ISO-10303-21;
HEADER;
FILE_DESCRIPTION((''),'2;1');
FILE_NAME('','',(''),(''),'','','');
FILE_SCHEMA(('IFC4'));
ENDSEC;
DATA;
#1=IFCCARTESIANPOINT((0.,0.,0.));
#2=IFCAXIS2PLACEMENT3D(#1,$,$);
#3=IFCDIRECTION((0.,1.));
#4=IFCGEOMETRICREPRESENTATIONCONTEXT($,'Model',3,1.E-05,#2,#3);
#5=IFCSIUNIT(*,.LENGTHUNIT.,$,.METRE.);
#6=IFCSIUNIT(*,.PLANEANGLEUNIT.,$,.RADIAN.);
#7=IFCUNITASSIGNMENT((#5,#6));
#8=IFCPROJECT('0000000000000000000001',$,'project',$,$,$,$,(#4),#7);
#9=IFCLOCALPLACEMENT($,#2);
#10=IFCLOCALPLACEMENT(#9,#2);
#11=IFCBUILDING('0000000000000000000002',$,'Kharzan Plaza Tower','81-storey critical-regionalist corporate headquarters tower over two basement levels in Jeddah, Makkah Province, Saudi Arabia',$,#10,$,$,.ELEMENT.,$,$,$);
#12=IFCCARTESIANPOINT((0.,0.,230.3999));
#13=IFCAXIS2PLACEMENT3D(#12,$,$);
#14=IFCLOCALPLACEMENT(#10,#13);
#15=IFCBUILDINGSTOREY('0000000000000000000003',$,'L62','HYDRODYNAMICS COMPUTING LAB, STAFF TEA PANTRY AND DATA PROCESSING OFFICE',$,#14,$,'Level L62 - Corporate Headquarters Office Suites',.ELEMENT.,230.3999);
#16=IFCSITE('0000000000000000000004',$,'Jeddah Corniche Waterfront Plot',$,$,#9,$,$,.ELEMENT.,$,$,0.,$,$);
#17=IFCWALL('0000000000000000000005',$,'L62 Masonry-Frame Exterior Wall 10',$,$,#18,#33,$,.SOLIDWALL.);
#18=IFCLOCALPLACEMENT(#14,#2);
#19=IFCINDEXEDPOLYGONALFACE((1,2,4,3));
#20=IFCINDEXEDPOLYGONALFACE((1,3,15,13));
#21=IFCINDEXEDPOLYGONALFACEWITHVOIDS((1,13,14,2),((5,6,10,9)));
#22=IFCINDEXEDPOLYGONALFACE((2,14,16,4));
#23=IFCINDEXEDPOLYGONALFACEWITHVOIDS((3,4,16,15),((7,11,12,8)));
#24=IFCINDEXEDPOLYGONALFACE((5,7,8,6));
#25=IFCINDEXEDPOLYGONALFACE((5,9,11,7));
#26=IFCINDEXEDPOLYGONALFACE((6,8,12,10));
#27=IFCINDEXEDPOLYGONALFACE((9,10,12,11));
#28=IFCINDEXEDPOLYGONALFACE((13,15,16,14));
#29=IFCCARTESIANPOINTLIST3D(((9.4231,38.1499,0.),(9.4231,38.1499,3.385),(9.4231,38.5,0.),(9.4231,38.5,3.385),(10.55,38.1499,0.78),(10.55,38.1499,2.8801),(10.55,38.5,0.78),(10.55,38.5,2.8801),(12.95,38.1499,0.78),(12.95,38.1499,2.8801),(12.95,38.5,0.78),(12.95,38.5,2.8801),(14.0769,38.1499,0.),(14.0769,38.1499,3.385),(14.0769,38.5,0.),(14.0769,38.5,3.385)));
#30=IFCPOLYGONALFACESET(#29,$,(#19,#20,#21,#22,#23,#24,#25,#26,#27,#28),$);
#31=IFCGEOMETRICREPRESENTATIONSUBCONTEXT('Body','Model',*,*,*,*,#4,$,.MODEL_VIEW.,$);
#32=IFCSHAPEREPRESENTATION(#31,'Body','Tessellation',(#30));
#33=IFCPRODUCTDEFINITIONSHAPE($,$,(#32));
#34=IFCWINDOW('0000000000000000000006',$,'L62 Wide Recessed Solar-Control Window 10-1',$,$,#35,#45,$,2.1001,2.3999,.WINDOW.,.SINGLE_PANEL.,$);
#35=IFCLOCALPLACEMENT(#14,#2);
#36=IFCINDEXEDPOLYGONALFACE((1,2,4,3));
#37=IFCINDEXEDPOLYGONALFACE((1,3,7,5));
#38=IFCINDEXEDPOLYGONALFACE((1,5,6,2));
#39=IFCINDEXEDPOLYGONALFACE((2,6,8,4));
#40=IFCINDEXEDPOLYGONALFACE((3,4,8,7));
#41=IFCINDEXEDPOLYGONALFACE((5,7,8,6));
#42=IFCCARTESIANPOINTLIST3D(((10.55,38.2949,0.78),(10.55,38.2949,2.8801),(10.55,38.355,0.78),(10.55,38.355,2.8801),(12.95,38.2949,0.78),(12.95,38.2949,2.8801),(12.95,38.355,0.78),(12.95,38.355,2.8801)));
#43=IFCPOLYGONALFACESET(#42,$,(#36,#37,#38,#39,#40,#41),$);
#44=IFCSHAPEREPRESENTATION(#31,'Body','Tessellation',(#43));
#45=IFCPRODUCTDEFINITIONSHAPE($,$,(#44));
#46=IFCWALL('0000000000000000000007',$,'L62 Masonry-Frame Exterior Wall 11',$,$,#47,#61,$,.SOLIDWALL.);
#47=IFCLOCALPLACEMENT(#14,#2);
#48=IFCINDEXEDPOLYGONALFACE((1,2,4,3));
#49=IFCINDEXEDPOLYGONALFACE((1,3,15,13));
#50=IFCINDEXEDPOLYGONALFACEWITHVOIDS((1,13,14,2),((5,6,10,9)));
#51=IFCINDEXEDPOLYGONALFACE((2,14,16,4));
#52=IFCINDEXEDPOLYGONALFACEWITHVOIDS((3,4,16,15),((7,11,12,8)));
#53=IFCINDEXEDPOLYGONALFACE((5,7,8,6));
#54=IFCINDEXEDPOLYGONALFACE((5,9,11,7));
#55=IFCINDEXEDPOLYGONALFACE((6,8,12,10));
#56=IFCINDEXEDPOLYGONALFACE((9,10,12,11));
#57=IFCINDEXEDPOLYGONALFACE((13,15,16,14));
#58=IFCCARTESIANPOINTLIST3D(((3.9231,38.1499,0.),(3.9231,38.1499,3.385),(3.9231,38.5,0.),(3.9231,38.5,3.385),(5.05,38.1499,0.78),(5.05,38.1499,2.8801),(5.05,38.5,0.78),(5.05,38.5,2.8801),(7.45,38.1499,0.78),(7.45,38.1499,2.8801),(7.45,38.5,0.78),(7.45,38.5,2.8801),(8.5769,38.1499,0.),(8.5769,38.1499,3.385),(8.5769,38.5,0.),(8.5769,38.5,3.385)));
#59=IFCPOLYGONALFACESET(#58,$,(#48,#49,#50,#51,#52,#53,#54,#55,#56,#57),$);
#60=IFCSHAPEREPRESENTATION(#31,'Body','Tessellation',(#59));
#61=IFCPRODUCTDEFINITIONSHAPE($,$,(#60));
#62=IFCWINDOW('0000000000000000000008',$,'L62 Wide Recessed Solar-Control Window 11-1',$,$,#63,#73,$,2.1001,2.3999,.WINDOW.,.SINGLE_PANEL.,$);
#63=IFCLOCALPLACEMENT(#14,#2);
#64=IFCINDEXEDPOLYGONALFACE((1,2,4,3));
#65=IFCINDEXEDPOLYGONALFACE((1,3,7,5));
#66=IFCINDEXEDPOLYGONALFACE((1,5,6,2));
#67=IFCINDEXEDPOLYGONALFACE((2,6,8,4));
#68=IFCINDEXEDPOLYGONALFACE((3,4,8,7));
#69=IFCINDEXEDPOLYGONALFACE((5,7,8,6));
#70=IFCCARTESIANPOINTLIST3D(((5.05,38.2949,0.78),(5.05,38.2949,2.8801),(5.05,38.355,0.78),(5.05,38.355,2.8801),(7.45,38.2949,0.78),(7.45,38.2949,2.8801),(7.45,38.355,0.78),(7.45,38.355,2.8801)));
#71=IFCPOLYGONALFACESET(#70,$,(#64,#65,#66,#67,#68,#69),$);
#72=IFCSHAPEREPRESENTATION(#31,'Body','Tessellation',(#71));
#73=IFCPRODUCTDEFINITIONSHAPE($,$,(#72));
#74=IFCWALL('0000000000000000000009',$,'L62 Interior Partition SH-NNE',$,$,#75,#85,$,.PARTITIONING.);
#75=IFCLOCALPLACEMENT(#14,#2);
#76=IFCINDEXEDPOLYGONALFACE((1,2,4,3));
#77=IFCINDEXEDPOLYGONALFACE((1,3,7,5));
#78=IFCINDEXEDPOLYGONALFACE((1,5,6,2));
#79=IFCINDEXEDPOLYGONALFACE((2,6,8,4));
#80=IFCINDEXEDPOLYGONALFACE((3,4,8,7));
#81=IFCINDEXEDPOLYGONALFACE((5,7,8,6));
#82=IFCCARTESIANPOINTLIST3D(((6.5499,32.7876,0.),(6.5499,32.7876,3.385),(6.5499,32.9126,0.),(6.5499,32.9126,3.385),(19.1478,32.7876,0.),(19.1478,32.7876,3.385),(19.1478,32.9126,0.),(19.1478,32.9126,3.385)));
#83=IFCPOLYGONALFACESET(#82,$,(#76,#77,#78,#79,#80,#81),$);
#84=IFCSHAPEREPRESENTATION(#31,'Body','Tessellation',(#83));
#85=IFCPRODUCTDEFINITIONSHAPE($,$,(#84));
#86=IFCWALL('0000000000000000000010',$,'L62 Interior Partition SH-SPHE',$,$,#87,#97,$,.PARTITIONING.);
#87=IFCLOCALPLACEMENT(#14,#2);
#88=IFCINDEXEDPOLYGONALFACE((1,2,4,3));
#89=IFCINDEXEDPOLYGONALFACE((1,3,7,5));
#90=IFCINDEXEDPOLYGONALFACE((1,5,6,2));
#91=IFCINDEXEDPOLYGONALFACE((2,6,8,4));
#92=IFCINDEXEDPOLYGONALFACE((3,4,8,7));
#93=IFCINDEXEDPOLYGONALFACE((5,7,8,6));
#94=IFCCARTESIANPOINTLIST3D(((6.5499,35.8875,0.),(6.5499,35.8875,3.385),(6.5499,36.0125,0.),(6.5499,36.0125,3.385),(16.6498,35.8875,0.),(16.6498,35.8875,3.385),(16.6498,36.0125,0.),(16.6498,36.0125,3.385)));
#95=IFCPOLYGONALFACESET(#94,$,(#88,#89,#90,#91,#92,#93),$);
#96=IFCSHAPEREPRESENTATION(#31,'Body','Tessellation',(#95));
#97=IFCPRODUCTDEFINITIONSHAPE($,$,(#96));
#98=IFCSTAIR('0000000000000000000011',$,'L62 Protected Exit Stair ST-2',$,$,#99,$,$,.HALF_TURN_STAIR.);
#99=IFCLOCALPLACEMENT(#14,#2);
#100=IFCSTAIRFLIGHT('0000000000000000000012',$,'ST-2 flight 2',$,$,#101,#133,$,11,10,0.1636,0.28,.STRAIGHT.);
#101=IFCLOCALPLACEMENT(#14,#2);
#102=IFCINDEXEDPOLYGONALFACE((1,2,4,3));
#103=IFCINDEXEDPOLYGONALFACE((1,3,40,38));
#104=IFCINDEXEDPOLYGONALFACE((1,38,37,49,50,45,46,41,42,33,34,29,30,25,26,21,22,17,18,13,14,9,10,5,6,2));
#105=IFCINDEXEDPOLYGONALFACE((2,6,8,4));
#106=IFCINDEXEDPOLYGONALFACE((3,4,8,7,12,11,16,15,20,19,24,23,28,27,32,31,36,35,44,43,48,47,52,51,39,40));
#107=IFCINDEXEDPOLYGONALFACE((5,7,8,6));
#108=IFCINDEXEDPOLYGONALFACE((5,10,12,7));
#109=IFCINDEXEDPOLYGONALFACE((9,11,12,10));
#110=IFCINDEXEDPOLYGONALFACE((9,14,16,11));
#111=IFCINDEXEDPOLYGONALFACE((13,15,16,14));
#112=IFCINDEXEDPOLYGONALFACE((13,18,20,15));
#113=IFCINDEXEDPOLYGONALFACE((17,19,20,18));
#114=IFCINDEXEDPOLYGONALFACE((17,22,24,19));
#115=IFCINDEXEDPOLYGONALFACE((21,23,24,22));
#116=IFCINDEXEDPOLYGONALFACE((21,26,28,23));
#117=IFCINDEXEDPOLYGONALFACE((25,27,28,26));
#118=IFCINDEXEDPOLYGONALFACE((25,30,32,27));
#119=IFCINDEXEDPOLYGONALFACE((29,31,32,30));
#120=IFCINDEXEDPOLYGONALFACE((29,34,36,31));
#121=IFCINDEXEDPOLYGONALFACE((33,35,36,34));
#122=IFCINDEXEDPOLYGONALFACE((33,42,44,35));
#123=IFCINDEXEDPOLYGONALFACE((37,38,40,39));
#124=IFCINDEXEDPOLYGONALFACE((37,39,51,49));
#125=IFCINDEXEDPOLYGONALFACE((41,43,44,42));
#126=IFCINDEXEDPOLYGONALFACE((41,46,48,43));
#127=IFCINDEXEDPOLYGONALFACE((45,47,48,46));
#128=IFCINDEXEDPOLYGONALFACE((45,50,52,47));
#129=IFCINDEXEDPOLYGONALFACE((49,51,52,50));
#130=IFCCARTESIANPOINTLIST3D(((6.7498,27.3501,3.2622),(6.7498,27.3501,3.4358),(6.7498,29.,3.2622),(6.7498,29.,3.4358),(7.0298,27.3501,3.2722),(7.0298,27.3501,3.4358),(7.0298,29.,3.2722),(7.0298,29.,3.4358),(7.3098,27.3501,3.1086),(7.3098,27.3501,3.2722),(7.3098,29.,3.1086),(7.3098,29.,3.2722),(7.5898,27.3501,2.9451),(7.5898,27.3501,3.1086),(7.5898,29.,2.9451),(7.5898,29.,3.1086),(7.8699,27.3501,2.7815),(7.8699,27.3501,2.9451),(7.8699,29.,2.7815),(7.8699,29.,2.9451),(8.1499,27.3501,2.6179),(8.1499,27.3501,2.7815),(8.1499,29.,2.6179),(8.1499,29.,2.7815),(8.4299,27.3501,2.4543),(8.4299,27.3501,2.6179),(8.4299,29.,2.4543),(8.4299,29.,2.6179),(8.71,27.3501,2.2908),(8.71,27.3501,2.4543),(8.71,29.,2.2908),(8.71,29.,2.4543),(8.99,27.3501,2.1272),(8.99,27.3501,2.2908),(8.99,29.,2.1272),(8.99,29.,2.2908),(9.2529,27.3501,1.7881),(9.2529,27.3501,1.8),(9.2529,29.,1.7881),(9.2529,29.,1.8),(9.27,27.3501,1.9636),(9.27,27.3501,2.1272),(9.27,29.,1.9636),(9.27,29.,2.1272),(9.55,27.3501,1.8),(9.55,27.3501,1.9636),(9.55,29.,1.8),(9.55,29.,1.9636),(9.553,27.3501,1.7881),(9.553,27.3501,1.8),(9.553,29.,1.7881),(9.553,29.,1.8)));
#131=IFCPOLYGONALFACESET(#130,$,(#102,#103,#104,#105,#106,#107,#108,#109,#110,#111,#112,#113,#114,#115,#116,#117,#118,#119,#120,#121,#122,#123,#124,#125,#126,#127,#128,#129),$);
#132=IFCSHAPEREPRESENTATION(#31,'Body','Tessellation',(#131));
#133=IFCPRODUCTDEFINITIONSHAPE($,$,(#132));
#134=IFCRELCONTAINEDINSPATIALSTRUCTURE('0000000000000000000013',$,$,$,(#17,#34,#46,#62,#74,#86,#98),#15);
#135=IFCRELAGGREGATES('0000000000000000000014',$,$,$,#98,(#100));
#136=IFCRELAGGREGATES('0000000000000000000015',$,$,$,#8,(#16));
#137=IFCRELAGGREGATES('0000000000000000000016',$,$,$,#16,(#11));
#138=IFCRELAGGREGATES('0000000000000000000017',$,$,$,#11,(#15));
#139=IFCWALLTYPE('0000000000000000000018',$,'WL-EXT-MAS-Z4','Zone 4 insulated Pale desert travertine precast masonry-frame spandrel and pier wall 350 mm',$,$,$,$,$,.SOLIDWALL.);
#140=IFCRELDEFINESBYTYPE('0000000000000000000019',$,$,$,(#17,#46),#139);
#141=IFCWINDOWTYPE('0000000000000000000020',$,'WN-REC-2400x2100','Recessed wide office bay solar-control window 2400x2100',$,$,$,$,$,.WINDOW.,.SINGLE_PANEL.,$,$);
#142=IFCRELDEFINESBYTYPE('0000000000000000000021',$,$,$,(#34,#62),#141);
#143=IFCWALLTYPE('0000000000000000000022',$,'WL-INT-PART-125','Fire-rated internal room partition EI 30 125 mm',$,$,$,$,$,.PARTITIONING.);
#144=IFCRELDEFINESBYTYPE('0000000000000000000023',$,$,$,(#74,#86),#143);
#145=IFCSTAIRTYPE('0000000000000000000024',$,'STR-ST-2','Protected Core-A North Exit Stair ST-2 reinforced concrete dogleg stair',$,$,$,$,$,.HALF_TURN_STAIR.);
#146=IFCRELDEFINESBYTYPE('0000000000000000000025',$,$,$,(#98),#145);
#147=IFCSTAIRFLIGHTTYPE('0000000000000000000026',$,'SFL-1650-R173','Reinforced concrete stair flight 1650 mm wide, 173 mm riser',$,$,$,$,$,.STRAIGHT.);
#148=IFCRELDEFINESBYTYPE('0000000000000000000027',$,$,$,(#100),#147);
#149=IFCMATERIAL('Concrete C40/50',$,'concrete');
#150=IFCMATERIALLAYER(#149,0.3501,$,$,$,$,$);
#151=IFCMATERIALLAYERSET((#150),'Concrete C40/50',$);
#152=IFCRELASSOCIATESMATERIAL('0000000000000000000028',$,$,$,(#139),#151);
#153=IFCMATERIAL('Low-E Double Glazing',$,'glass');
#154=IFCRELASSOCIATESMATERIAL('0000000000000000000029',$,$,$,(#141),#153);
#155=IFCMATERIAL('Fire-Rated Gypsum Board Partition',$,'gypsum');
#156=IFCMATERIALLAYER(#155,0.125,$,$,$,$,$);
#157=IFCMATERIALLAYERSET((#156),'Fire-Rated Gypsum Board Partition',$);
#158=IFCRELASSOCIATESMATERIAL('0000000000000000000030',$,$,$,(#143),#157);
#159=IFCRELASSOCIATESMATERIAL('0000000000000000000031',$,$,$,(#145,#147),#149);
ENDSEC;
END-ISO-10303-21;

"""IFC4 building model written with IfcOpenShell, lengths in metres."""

from ifc_helpers import new_model, si_unit, direction, frame, frame_2d, origin, place, context, subcontext, project, spatial, polyline, rectangle, outline, extrude, source, transform, mapped, material, layer, layer_set, type_object, element, fill, aggregate, save


model = new_model("IFC4")

# Units and contexts
model_context = context("Model", 3, precision=1e-05, world=origin(), true_north=direction((0.0, 1.0)))
body_context = subcontext(model_context, "Body", "Model", "MODEL_VIEW")
ifc_project = project(units=[si_unit("LENGTHUNIT", "METRE"), si_unit("PLANEANGLEUNIT", "RADIAN")], contexts=[model_context])

# Site, building, storey
site_placement = place(None, origin())
site = spatial("IfcSite", under=ifc_project, at=site_placement, Name="Jeddah Corniche Waterfront Plot", CompositionType="ELEMENT", RefElevation=0.0)
building_placement = place(site_placement, origin())
building = spatial("IfcBuilding", under=site, at=building_placement, Name="Kharzan Plaza Tower", Description="81-storey critical-regionalist corporate headquarters tower over two basement levels in Jeddah, Makkah Province, Saudi Arabia", CompositionType="ELEMENT")
storey_placement = place(building_placement, frame((0.0, 0.0, 230.3999)))
storey = spatial("IfcBuildingStorey", under=building, at=storey_placement, Name="L62", Description="HYDRODYNAMICS COMPUTING LAB, STAFF TEA PANTRY AND DATA PROCESSING OFFICE", LongName="Level L62 - Corporate Headquarters Office Suites", CompositionType="ELEMENT", Elevation=230.3999)

# Walls, openings, windows
ifc_material_1 = material(Name="Concrete C40/50", Category="concrete")
ifc_layer_1 = layer(ifc_material_1, 0.3501)
ifc_layer_set_1 = layer_set([ifc_layer_1], Name="Concrete C40/50")
wall_type_1 = type_object("IfcWallType", Name="WL-EXT-MAS-Z4", Description="Zone 4 insulated Pale desert travertine precast masonry-frame spandrel and pier wall 350 mm", PredefinedType="SOLIDWALL", material=ifc_layer_set_1)
ifc_material_2 = material(Name="Low-E Double Glazing", Category="glass")
wall_1_placement = place(storey_placement, frame((14.0769, 38.325, 0.0), z_axis=(0.0, 0.0, 1.0), x_axis=(-1.0, 0.0, 0.0)))
wall_1 = element("IfcWall", 1, at=wall_1_placement, inside=storey, type_object=wall_type_1, Name="L62 Masonry-Frame Exterior Wall 10", PredefinedType="SOLIDWALL", context=body_context, shape_type="SweptSolid", body=[
    extrude(rectangle(XDim=4.6538, YDim=0.3501, at=frame_2d((2.3269, 0.0))), origin(), (0.0, 0.0, 1.0), 3.385),
])
opening_1_placement = place(wall_1_placement, frame((1.127, 0.0, 0.78)))
opening_1 = element("IfcOpeningElement", 2, at=opening_1_placement, cuts=wall_1, PredefinedType="OPENING", context=body_context, shape_type="SweptSolid", body=[
    extrude(rectangle(XDim=2.3999, YDim=2.1001, at=frame_2d((1.2, 1.05))), frame((0.0, 0.1851, 0.0), z_axis=(0.0, -1.0, 0.0), x_axis=(1.0, 0.0, 0.0)), (0.0, 0.0, 1.0), 0.3701),
])
window_type_1 = type_object("IfcWindowType", Name="WN-REC-2400x2100", Description="Recessed wide office bay solar-control window 2400x2100", PartitioningType="SINGLE_PANEL", PredefinedType="WINDOW", material=ifc_material_2)
shared_shape_1 = source(origin(), body_context, "Body", "SweptSolid", [
    extrude(rectangle(XDim=2.3999, YDim=2.1001, at=frame_2d((1.2, 1.05))), frame((0.0, 0.03, 0.0), z_axis=(0.0, -1.0, 0.0), x_axis=(1.0, 0.0, 0.0)), (0.0, 0.0, 1.0), 0.0601),
])
window_1_placement = place(opening_1_placement, origin())
window_1 = element("IfcWindow", 3, at=window_1_placement, inside=storey, type_object=window_type_1, Name="L62 Wide Recessed Solar-Control Window 10-1", OverallHeight=2.1001, OverallWidth=2.3999, PartitioningType="SINGLE_PANEL", PredefinedType="WINDOW", context=body_context, shape_type="MappedRepresentation", body=[
    mapped(shared_shape_1, transform((0.0, 0.0, 0.0), x_axis=(1.0, 0.0, 0.0), y_axis=(0.0, 1.0, 0.0), z_axis=(0.0, 0.0, 1.0))),
])
fill(opening_1, window_1)
wall_2_placement = place(storey_placement, frame((8.5769, 38.325, 0.0), z_axis=(0.0, 0.0, 1.0), x_axis=(-1.0, 0.0, 0.0)))
wall_2 = element("IfcWall", 4, at=wall_2_placement, inside=storey, type_object=wall_type_1, Name="L62 Masonry-Frame Exterior Wall 11", PredefinedType="SOLIDWALL", context=body_context, shape_type="SweptSolid", body=[
    extrude(rectangle(XDim=4.6538, YDim=0.3501, at=frame_2d((2.3269, 0.0))), origin(), (0.0, 0.0, 1.0), 3.385),
])
opening_2_placement = place(wall_2_placement, frame((1.127, 0.0, 0.78)))
opening_2 = element("IfcOpeningElement", 5, at=opening_2_placement, cuts=wall_2, PredefinedType="OPENING", context=body_context, shape_type="SweptSolid", body=[
    extrude(rectangle(XDim=2.3999, YDim=2.1001, at=frame_2d((1.2, 1.05))), frame((0.0, 0.1851, 0.0), z_axis=(0.0, -1.0, 0.0), x_axis=(1.0, 0.0, 0.0)), (0.0, 0.0, 1.0), 0.3701),
])
window_2_placement = place(opening_2_placement, origin())
window_2 = element("IfcWindow", 6, at=window_2_placement, inside=storey, type_object=window_type_1, Name="L62 Wide Recessed Solar-Control Window 11-1", OverallHeight=2.1001, OverallWidth=2.3999, PartitioningType="SINGLE_PANEL", PredefinedType="WINDOW", context=body_context, shape_type="MappedRepresentation", body=[
    mapped(shared_shape_1, transform((0.0, 0.0, 0.0), x_axis=(1.0, 0.0, 0.0), y_axis=(0.0, 1.0, 0.0), z_axis=(0.0, 0.0, 1.0))),
])
fill(opening_2, window_2)

# Shared definitions
ifc_material_3 = material(Name="Fire-Rated Gypsum Board Partition", Category="gypsum")
ifc_layer_2 = layer(ifc_material_3, 0.125)
ifc_layer_set_2 = layer_set([ifc_layer_2], Name="Fire-Rated Gypsum Board Partition")
wall_type_2 = type_object("IfcWallType", Name="WL-INT-PART-125", Description="Fire-rated internal room partition EI 30 125 mm", PredefinedType="PARTITIONING", material=ifc_layer_set_2)

# Walls
shared_shape_2 = source(origin(), body_context, "Body", "SweptSolid", [
    extrude(rectangle(XDim=12.5979, YDim=0.125, at=frame_2d((6.2988, 0.0))), origin(), (0.0, 0.0, 1.0), 3.385),
])
wall_3_placement = place(storey_placement, frame((6.55, 32.8501, 0.0), z_axis=(0.0, 0.0, 1.0), x_axis=(1.0, 0.0, 0.0)))
element("IfcWall", 7, at=wall_3_placement, inside=storey, type_object=wall_type_2, Name="L62 Interior Partition SH-NNE", PredefinedType="PARTITIONING", context=body_context, shape_type="MappedRepresentation", body=[
    mapped(shared_shape_2, transform((0.0, 0.0, 0.0), x_axis=(1.0, 0.0, 0.0), y_axis=(0.0, 1.0, 0.0), z_axis=(0.0, 0.0, 1.0))),
])
shared_shape_3 = source(origin(), body_context, "Body", "SweptSolid", [
    extrude(rectangle(XDim=10.0999, YDim=0.125, at=frame_2d((5.0498, 0.0))), origin(), (0.0, 0.0, 1.0), 3.385),
])
wall_4_placement = place(storey_placement, frame((6.55, 35.95, 0.0), z_axis=(0.0, 0.0, 1.0), x_axis=(1.0, 0.0, 0.0)))
element("IfcWall", 8, at=wall_4_placement, inside=storey, type_object=wall_type_2, Name="L62 Interior Partition SH-SPHE", PredefinedType="PARTITIONING", context=body_context, shape_type="MappedRepresentation", body=[
    mapped(shared_shape_3, transform((0.0, 0.0, 0.0), x_axis=(1.0, 0.0, 0.0), y_axis=(0.0, 1.0, 0.0), z_axis=(0.0, 0.0, 1.0))),
])

# Stair, stair flight
stair_type = type_object("IfcStairType", Name="STR-ST-2", Description="Protected Core-A North Exit Stair ST-2 reinforced concrete dogleg stair", PredefinedType="HALF_TURN_STAIR", material=ifc_material_1)
stair_placement = place(storey_placement, origin())
stair = element("IfcStair", 9, at=stair_placement, inside=storey, type_object=stair_type, Name="L62 Protected Exit Stair ST-2", PredefinedType="HALF_TURN_STAIR")
stair_flight_type = type_object("IfcStairFlightType", Name="SFL-1650-R173", Description="Reinforced concrete stair flight 1650 mm wide, 173 mm riser", PredefinedType="STRAIGHT", material=ifc_material_1)
shared_shape_4 = source(origin(), body_context, "Body", "SweptSolid", [
    extrude(outline(polyline([(-0.0029, -0.012), (-0.0029, 0.0), (0.0, 0.0), (0.0, 0.1636), (0.28, 0.1636), (0.28, 0.3271), (0.5601, 0.3271), (0.5601, 0.4907), (0.8401, 0.4907), (0.8401, 0.6543), (1.1201, 0.6543), (1.1201, 0.8179), (1.4001, 0.8179), (1.4001, 0.9814), (1.6802, 0.9814), (1.6802, 1.145), (1.9602, 1.145), (1.9602, 1.3086), (2.2402, 1.3086), (2.2402, 1.4722), (2.5203, 1.4722), (2.5203, 1.6357), (2.8003, 1.6357), (2.8003, 1.7993), (2.8003, 1.4622), (0.2971, 0.0), (0.2971, -0.012), (-0.0029, -0.012)])), frame((0.0, 0.825, 0.0), z_axis=(0.0, -1.0, 0.0), x_axis=(1.0, 0.0, 0.0)), (0.0, 0.0, 1.0), 1.6499),
])
stair_flight_placement = place(storey_placement, frame((9.55, 28.175, 1.8), z_axis=(0.0, 0.0, 1.0), x_axis=(-1.0, 0.0, 0.0)))
stair_flight = element("IfcStairFlight", 10, at=stair_flight_placement, type_object=stair_flight_type, Name="ST-2 flight 2", NumberOfRisers=11, NumberOfTreads=10, PredefinedType="STRAIGHT", RiserHeight=0.1636, TreadLength=0.28, context=body_context, shape_type="MappedRepresentation", body=[
    mapped(shared_shape_4, transform((0.0, 0.0, 0.0), x_axis=(1.0, 0.0, 0.0), y_axis=(0.0, 1.0, 0.0), z_axis=(0.0, 0.0, 1.0))),
])
aggregate(stair, [stair_flight])

save(model, "model.ifc")
